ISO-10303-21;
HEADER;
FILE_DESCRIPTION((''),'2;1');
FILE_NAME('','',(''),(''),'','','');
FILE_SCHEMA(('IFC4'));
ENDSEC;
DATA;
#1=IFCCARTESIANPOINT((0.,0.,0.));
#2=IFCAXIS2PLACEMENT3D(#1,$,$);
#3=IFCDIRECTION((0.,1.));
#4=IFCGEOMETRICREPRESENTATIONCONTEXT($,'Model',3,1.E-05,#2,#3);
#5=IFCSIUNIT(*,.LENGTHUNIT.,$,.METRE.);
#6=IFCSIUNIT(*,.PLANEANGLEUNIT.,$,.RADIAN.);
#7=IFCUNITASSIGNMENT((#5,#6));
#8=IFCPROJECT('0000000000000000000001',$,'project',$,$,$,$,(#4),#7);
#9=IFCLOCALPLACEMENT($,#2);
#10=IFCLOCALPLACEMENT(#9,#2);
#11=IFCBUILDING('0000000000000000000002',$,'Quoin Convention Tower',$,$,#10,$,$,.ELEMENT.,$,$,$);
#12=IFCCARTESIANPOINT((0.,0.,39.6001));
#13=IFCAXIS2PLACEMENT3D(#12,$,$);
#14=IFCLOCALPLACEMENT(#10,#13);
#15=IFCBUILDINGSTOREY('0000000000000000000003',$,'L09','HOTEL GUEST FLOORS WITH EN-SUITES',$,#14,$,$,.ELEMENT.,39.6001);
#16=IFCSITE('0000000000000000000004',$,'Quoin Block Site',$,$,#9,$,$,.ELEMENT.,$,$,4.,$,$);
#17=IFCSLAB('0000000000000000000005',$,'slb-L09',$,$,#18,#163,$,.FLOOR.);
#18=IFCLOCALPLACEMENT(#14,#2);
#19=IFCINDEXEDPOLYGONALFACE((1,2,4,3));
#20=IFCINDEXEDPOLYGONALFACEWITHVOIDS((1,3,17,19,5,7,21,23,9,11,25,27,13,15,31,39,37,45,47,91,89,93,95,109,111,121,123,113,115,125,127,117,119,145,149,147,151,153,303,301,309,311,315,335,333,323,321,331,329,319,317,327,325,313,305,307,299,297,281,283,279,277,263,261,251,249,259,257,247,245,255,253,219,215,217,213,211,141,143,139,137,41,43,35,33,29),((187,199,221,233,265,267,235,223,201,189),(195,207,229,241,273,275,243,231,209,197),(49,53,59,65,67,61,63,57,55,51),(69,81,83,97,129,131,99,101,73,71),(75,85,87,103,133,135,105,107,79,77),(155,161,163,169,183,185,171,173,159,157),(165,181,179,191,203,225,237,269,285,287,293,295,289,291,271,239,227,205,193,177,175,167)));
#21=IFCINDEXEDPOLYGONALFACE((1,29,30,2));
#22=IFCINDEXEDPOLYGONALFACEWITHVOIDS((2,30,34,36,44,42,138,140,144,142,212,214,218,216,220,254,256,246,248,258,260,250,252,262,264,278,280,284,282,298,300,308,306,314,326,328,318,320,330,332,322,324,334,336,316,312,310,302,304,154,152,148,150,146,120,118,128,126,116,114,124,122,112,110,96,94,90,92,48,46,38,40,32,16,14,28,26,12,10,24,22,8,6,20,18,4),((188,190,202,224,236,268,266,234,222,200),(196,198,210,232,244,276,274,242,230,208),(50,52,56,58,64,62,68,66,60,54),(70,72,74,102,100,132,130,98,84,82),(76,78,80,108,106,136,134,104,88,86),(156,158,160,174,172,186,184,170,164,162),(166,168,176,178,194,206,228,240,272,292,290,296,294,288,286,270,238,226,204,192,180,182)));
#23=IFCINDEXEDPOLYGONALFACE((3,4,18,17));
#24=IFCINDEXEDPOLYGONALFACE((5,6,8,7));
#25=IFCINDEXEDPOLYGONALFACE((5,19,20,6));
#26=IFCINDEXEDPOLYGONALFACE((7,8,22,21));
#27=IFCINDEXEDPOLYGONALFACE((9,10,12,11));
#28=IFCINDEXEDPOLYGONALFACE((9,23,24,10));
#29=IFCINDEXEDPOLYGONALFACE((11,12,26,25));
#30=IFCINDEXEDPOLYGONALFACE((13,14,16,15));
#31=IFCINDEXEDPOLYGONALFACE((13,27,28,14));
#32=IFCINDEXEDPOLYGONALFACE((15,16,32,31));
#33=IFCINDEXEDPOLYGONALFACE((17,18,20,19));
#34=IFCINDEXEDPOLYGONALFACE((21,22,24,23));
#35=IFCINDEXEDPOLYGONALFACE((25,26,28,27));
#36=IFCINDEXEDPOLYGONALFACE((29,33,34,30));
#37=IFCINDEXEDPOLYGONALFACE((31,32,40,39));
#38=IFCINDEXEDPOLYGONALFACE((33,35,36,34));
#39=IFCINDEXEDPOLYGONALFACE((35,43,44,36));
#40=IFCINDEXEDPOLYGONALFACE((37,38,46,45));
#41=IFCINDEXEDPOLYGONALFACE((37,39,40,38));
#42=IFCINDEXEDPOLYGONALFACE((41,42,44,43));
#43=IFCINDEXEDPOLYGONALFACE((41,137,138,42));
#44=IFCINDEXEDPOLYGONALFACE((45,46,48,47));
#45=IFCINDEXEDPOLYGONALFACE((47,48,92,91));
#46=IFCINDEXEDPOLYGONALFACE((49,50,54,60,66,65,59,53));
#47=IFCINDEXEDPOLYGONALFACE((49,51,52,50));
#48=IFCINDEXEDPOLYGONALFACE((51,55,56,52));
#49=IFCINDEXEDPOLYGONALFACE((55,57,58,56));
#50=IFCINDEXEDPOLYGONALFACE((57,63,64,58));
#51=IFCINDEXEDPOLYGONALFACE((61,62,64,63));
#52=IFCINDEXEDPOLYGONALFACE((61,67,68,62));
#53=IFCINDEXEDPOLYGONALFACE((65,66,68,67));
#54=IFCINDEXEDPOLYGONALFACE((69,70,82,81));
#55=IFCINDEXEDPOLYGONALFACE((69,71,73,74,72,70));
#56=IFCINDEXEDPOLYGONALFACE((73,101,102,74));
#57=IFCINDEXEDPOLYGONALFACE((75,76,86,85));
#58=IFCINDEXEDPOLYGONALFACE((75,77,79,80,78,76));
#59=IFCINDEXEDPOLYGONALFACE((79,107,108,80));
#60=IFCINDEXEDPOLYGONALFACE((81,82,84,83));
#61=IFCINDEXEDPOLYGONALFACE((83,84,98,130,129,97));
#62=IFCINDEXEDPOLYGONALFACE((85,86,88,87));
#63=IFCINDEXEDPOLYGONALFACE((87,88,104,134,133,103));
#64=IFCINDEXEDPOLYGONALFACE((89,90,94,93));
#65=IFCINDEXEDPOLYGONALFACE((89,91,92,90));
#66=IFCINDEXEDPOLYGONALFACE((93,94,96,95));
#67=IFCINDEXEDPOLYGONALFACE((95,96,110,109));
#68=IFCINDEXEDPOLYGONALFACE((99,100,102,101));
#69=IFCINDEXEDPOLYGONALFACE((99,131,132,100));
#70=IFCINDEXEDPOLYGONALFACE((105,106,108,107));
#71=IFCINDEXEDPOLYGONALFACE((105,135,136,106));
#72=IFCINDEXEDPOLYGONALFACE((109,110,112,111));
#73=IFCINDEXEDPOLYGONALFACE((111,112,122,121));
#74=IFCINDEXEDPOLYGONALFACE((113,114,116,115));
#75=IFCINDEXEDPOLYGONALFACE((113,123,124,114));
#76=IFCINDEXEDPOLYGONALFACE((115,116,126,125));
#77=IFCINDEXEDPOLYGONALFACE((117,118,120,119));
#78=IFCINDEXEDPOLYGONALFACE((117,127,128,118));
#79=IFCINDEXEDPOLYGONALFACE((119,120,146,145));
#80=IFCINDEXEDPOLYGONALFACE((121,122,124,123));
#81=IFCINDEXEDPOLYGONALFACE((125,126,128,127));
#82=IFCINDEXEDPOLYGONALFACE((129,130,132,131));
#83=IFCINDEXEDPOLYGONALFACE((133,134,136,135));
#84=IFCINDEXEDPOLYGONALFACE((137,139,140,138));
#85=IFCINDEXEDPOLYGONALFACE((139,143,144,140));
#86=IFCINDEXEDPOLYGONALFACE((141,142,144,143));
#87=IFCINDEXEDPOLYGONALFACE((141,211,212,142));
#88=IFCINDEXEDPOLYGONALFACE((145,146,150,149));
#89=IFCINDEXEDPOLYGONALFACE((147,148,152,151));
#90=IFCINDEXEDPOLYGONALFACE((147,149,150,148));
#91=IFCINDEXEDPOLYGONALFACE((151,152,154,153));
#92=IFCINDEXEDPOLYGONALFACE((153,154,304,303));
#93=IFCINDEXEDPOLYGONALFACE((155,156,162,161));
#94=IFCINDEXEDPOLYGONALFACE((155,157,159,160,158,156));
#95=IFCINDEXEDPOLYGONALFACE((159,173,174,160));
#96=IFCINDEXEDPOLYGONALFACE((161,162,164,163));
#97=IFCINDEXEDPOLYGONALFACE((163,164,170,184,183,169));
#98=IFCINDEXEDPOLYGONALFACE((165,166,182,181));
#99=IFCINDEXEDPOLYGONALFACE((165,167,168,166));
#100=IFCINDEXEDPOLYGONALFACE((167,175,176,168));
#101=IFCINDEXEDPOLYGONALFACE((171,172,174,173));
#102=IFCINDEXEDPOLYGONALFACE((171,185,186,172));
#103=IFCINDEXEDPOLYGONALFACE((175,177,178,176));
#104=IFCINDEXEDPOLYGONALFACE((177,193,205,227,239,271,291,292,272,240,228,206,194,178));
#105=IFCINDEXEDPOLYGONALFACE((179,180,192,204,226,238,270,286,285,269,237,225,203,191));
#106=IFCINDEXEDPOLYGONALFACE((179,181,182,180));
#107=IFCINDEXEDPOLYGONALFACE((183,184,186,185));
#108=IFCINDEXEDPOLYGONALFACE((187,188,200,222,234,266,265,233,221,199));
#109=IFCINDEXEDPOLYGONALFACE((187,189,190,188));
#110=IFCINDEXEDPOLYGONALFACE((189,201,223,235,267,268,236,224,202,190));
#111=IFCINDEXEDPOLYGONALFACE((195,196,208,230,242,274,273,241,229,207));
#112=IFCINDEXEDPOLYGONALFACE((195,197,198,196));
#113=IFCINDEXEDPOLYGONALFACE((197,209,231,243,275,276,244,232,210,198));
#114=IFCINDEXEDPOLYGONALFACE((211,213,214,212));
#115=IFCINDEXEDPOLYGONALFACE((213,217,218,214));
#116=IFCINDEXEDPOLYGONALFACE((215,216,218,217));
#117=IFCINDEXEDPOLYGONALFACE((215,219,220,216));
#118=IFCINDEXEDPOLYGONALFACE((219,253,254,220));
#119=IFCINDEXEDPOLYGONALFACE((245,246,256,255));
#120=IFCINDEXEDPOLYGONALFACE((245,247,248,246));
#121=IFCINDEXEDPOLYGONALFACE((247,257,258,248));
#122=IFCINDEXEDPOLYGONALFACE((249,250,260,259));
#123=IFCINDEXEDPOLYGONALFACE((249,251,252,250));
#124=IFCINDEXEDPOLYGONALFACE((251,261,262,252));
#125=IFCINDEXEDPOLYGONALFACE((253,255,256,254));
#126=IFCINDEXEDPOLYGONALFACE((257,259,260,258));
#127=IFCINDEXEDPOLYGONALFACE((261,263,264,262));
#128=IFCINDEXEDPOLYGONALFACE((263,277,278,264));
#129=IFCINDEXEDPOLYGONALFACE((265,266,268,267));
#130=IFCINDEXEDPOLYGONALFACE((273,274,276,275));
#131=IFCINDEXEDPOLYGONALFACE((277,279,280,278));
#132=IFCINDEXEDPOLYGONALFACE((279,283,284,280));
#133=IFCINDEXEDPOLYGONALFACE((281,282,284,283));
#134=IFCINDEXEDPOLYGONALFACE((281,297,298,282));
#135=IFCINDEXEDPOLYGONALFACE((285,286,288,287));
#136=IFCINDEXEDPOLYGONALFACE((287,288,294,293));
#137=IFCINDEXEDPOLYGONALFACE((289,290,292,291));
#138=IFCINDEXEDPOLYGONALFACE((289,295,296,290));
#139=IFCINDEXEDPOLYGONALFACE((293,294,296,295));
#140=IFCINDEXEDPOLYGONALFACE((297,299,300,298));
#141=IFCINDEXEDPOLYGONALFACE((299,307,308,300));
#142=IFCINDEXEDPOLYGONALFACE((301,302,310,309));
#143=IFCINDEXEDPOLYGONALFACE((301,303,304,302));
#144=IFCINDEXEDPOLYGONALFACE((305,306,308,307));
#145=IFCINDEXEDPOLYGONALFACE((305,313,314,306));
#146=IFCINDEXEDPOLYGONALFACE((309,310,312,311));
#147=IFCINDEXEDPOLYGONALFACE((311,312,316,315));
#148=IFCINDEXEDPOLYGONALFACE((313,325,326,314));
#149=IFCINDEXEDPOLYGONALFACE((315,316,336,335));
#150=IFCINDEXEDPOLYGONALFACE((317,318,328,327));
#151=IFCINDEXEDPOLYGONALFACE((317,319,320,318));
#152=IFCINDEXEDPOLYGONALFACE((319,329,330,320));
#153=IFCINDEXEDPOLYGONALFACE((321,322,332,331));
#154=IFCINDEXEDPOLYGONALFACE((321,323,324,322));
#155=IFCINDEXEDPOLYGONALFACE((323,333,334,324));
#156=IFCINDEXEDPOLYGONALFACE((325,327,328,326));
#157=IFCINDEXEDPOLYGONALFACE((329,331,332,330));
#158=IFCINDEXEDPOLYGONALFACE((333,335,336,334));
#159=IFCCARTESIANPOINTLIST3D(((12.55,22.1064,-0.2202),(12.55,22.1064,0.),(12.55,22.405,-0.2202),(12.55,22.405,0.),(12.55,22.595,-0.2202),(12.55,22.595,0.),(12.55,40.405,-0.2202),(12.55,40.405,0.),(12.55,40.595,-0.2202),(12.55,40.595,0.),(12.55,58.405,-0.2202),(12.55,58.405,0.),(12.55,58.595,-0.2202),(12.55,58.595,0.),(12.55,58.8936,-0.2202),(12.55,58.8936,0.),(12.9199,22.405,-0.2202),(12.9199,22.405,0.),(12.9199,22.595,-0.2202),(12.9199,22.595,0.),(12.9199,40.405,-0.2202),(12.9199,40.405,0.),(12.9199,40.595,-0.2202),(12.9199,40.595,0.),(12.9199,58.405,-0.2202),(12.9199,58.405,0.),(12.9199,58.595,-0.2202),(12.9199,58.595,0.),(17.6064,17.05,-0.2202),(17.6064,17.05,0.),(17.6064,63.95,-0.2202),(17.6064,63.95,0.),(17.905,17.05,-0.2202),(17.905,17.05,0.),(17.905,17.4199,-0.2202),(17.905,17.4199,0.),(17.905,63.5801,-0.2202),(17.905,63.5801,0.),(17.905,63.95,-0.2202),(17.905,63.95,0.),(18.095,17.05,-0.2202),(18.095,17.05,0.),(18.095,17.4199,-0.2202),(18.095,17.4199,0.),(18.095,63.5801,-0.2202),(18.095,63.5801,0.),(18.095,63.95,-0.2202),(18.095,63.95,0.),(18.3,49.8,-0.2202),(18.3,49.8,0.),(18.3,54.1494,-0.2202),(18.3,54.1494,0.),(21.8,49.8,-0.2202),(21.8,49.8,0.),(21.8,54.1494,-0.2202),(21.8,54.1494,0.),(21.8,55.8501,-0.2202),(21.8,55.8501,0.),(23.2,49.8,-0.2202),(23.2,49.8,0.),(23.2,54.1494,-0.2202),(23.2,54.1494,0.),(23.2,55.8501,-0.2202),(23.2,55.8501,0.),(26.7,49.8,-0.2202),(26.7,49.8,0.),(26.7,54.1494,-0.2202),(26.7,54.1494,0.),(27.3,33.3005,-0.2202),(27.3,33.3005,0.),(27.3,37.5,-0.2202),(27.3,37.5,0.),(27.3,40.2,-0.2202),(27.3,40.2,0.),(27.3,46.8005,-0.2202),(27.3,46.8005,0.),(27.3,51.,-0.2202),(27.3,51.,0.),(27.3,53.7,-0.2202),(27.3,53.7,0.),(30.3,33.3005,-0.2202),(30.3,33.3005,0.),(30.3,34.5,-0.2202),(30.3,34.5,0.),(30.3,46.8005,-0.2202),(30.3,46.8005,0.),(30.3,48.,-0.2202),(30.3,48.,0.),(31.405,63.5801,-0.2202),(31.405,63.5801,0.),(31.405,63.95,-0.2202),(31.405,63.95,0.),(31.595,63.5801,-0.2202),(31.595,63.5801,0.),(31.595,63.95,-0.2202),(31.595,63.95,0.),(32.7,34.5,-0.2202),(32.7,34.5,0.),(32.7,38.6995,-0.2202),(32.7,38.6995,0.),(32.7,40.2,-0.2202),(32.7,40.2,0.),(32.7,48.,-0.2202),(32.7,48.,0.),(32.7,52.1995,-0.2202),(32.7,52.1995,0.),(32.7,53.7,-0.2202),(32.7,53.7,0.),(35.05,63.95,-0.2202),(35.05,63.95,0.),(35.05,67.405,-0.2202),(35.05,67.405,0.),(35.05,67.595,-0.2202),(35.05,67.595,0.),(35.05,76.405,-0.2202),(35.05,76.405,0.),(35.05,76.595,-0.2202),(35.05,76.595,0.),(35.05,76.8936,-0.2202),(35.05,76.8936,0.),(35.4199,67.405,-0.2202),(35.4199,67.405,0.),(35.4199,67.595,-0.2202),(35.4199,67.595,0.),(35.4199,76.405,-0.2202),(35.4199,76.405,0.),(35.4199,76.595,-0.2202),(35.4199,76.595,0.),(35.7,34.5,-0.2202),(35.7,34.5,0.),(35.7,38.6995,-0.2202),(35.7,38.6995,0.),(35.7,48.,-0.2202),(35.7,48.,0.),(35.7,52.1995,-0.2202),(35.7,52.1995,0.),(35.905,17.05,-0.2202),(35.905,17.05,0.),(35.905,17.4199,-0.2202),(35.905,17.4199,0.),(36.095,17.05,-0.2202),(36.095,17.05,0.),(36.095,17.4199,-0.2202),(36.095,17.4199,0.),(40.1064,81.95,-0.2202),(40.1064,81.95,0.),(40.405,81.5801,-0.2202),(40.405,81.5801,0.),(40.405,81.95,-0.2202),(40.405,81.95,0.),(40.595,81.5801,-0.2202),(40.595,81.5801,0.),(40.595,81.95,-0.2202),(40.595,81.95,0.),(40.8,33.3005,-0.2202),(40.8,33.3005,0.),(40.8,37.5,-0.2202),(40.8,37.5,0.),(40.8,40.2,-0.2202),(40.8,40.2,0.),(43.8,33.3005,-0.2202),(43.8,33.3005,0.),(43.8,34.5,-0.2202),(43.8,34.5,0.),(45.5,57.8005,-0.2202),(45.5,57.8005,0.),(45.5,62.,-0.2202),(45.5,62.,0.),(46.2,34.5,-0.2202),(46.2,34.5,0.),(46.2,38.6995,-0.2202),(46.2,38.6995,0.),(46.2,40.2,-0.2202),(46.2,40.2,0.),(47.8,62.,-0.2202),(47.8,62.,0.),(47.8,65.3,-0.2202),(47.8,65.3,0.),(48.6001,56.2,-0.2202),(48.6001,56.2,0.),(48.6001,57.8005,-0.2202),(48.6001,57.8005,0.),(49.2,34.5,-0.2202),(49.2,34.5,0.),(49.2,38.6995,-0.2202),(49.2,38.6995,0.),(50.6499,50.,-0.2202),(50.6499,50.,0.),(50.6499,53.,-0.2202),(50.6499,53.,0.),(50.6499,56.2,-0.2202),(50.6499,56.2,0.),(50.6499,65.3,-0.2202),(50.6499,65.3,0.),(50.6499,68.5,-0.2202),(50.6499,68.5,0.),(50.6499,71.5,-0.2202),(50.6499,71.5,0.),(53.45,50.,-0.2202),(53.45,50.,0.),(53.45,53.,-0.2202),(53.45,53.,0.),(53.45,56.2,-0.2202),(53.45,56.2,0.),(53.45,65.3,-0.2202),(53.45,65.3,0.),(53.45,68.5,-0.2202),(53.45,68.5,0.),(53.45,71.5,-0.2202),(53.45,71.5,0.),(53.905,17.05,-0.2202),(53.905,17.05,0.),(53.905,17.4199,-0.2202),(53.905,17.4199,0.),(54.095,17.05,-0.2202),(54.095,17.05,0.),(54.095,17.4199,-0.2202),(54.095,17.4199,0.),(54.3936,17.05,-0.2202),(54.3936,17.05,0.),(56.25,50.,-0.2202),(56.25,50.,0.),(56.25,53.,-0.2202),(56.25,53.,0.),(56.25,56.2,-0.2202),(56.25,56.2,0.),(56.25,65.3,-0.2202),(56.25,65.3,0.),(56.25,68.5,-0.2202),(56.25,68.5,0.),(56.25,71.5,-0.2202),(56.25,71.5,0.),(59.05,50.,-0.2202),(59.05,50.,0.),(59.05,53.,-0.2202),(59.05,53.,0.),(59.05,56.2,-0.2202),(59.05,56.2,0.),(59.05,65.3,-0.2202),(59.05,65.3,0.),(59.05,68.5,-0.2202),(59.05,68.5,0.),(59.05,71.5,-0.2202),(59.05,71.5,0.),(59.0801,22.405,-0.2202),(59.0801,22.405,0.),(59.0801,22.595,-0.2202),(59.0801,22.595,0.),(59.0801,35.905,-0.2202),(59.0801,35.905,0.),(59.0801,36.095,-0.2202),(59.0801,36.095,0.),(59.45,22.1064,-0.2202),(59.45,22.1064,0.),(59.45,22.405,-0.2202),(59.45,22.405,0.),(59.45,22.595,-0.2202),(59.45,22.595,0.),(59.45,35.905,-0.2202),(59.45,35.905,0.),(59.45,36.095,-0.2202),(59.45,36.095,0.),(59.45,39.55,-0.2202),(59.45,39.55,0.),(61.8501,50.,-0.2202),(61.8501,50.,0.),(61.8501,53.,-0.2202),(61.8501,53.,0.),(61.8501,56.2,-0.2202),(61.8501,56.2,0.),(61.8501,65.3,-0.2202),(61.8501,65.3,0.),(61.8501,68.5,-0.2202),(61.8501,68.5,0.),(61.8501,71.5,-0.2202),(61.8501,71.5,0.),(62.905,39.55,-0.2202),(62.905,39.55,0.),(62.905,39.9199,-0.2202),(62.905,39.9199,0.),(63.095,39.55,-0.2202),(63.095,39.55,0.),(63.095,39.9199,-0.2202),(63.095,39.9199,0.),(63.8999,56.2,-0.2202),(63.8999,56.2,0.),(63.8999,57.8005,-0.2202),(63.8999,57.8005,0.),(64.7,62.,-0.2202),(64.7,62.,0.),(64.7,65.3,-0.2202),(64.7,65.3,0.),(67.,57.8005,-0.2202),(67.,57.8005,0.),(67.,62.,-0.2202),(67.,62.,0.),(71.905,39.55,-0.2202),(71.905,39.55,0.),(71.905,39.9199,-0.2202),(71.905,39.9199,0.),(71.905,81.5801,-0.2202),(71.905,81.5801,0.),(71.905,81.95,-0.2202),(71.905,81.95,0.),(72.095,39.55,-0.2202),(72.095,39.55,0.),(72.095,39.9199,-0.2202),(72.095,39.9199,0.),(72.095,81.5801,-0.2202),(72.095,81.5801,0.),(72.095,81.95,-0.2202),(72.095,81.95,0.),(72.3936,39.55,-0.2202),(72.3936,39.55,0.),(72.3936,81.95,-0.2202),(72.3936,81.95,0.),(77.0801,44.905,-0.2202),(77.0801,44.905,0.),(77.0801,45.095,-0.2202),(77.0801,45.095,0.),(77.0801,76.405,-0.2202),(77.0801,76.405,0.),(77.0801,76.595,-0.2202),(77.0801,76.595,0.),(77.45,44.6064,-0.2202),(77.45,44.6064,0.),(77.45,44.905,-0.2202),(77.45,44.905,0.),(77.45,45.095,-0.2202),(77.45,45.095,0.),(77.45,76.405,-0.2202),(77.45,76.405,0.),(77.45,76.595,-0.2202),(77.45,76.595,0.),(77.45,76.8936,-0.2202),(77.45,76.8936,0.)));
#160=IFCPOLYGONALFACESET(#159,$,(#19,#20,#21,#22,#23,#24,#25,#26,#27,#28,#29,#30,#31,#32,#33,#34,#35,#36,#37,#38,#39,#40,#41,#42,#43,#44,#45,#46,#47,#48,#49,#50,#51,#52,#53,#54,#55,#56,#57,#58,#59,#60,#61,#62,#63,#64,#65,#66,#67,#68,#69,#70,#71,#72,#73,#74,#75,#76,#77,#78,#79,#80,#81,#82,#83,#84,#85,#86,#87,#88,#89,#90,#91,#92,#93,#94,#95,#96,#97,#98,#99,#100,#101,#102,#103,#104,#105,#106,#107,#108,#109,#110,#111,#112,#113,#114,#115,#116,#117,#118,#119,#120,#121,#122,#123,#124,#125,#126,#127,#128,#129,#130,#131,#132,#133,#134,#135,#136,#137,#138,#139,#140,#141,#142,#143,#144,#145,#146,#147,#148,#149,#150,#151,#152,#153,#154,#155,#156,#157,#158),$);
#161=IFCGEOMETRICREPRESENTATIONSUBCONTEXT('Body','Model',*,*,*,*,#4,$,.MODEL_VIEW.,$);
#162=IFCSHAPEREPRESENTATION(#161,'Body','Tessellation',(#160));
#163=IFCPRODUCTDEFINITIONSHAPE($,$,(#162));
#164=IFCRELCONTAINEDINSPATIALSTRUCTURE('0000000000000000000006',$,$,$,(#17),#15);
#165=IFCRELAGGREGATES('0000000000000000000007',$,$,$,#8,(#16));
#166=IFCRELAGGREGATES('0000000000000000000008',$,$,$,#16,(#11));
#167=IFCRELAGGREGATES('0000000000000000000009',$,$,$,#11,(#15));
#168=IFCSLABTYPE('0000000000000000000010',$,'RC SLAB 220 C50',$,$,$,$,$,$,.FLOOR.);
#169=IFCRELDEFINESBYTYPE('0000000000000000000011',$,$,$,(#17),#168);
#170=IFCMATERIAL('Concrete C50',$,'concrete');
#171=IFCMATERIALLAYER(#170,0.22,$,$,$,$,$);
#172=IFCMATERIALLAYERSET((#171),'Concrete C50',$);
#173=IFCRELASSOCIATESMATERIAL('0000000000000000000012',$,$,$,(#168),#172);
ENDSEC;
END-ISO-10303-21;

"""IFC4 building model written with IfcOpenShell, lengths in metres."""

from ifc_helpers import new_model, si_unit, direction, frame, origin, place, context, subcontext, project, spatial, polyline, outline, extrude, material, layer, layer_set, type_object, element, save


model = new_model("IFC4")

# Units and contexts
model_context = context("Model", 3, precision=1e-05, world=origin(), true_north=direction((0.0, 1.0)))
body_context = subcontext(model_context, "Body", "Model", "MODEL_VIEW")
ifc_project = project(units=[si_unit("LENGTHUNIT", "METRE"), si_unit("PLANEANGLEUNIT", "RADIAN")], contexts=[model_context])

# Site, building, storey
site_placement = place(None, origin())
site = spatial("IfcSite", under=ifc_project, at=site_placement, Name="Quoin Block Site", CompositionType="ELEMENT", RefElevation=4.0)
building_placement = place(site_placement, origin())
building = spatial("IfcBuilding", under=site, at=building_placement, Name="Quoin Convention Tower", CompositionType="ELEMENT")
storey_placement = place(building_placement, frame((0.0, 0.0, 39.6001)))
storey = spatial("IfcBuildingStorey", under=building, at=storey_placement, Name="L09", Description="HOTEL GUEST FLOORS WITH EN-SUITES", CompositionType="ELEMENT", Elevation=39.6001)

# Slab
ifc_material_1 = material(Name="Concrete C50", Category="concrete")
ifc_layer_1 = layer(ifc_material_1, 0.22)
ifc_layer_set_1 = layer_set([ifc_layer_1], Name="Concrete C50")
slab_type_1 = type_object("IfcSlabType", Name="RC SLAB 220 C50", PredefinedType="FLOOR", material=ifc_layer_set_1)
slab_1_placement = place(storey_placement, frame((0.0, 0.0, -0.2202)))
element("IfcSlab", 1, at=slab_1_placement, inside=storey, type_object=slab_type_1, Name="slb-L09", PredefinedType="FLOOR", context=body_context, shape_type="SweptSolid", body=[
    extrude(outline(polyline([(17.6064, 63.95), (17.905, 63.95), (17.905, 63.5801), (18.095, 63.5801), (18.095, 63.95), (31.405, 63.95), (31.405, 63.5801), (31.595, 63.5801), (31.595, 63.95), (35.05, 63.95), (35.05, 67.405), (35.4199, 67.405), (35.4199, 67.595), (35.05, 67.595), (35.05, 76.405), (35.4199, 76.405), (35.4199, 76.595), (35.05, 76.595), (35.05, 76.8936), (40.1064, 81.95), (40.405, 81.95), (40.405, 81.5801), (40.595, 81.5801), (40.595, 81.95), (71.905, 81.95), (71.905, 81.5801), (72.095, 81.5801), (72.095, 81.95), (72.3936, 81.95), (77.45, 76.8936), (77.45, 76.595), (77.0801, 76.595), (77.0801, 76.405), (77.45, 76.405), (77.45, 45.095), (77.0801, 45.095), (77.0801, 44.905), (77.45, 44.905), (77.45, 44.6064), (72.3936, 39.55), (72.095, 39.55), (72.095, 39.9199), (71.905, 39.9199), (71.905, 39.55), (63.095, 39.55), (63.095, 39.9199), (62.905, 39.9199), (62.905, 39.55), (59.45, 39.55), (59.45, 36.095), (59.0801, 36.095), (59.0801, 35.905), (59.45, 35.905), (59.45, 22.595), (59.0801, 22.595), (59.0801, 22.405), (59.45, 22.405), (59.45, 22.1064), (54.3936, 17.05), (54.095, 17.05), (54.095, 17.4199), (53.905, 17.4199), (53.905, 17.05), (36.095, 17.05), (36.095, 17.4199), (35.905, 17.4199), (35.905, 17.05), (18.095, 17.05), (18.095, 17.4199), (17.905, 17.4199), (17.905, 17.05), (17.6064, 17.05), (12.55, 22.1064), (12.55, 22.405), (12.9199, 22.405), (12.9199, 22.595), (12.55, 22.595), (12.55, 40.405), (12.9199, 40.405), (12.9199, 40.595), (12.55, 40.595), (12.55, 58.405), (12.9199, 58.405), (12.9199, 58.595), (12.55, 58.595), (12.55, 58.8936), (17.6064, 63.95)]), holes=[polyline([(30.3, 34.5), (32.7, 34.5), (35.7, 34.5), (35.7, 38.6995), (32.7, 38.6995), (32.7, 40.2), (27.3, 40.2), (27.3, 37.5), (27.3, 33.3005), (30.3, 33.3005), (30.3, 34.5)]), polyline([(43.8, 34.5), (46.2, 34.5), (49.2, 34.5), (49.2, 38.6995), (46.2, 38.6995), (46.2, 40.2), (40.8, 40.2), (40.8, 37.5), (40.8, 33.3005), (43.8, 33.3005), (43.8, 34.5)]), polyline([(30.3, 46.8005), (30.3, 48.0), (32.7, 48.0), (35.7, 48.0), (35.7, 52.1995), (32.7, 52.1995), (32.7, 53.7), (27.3, 53.7), (27.3, 51.0), (27.3, 46.8005), (30.3, 46.8005)]), polyline([(56.25, 50.0), (59.05, 50.0), (61.8501, 50.0), (61.8501, 53.0), (59.05, 53.0), (56.25, 53.0), (53.45, 53.0), (50.6499, 53.0), (50.6499, 50.0), (53.45, 50.0), (56.25, 50.0)]), polyline([(26.7, 49.8), (26.7, 54.1494), (23.2, 54.1494), (23.2, 55.8501), (21.8, 55.8501), (21.8, 54.1494), (18.3, 54.1494), (18.3, 49.8), (21.8, 49.8), (23.2, 49.8), (26.7, 49.8)]), polyline([(48.6001, 57.8005), (48.6001, 56.2), (50.6499, 56.2), (53.45, 56.2), (56.25, 56.2), (59.05, 56.2), (61.8501, 56.2), (63.8999, 56.2), (63.8999, 57.8005), (67.0, 57.8005), (67.0, 62.0), (64.7, 62.0), (64.7, 65.3), (61.8501, 65.3), (59.05, 65.3), (56.25, 65.3), (53.45, 65.3), (50.6499, 65.3), (47.8, 65.3), (47.8, 62.0), (45.5, 62.0), (45.5, 57.8005), (48.6001, 57.8005)]), polyline([(61.8501, 68.5), (61.8501, 71.5), (59.05, 71.5), (56.25, 71.5), (53.45, 71.5), (50.6499, 71.5), (50.6499, 68.5), (53.45, 68.5), (56.25, 68.5), (59.05, 68.5), (61.8501, 68.5)])]), origin(), (0.0, 0.0, 1.0), 0.2202),
])

save(model, "model.ifc")
